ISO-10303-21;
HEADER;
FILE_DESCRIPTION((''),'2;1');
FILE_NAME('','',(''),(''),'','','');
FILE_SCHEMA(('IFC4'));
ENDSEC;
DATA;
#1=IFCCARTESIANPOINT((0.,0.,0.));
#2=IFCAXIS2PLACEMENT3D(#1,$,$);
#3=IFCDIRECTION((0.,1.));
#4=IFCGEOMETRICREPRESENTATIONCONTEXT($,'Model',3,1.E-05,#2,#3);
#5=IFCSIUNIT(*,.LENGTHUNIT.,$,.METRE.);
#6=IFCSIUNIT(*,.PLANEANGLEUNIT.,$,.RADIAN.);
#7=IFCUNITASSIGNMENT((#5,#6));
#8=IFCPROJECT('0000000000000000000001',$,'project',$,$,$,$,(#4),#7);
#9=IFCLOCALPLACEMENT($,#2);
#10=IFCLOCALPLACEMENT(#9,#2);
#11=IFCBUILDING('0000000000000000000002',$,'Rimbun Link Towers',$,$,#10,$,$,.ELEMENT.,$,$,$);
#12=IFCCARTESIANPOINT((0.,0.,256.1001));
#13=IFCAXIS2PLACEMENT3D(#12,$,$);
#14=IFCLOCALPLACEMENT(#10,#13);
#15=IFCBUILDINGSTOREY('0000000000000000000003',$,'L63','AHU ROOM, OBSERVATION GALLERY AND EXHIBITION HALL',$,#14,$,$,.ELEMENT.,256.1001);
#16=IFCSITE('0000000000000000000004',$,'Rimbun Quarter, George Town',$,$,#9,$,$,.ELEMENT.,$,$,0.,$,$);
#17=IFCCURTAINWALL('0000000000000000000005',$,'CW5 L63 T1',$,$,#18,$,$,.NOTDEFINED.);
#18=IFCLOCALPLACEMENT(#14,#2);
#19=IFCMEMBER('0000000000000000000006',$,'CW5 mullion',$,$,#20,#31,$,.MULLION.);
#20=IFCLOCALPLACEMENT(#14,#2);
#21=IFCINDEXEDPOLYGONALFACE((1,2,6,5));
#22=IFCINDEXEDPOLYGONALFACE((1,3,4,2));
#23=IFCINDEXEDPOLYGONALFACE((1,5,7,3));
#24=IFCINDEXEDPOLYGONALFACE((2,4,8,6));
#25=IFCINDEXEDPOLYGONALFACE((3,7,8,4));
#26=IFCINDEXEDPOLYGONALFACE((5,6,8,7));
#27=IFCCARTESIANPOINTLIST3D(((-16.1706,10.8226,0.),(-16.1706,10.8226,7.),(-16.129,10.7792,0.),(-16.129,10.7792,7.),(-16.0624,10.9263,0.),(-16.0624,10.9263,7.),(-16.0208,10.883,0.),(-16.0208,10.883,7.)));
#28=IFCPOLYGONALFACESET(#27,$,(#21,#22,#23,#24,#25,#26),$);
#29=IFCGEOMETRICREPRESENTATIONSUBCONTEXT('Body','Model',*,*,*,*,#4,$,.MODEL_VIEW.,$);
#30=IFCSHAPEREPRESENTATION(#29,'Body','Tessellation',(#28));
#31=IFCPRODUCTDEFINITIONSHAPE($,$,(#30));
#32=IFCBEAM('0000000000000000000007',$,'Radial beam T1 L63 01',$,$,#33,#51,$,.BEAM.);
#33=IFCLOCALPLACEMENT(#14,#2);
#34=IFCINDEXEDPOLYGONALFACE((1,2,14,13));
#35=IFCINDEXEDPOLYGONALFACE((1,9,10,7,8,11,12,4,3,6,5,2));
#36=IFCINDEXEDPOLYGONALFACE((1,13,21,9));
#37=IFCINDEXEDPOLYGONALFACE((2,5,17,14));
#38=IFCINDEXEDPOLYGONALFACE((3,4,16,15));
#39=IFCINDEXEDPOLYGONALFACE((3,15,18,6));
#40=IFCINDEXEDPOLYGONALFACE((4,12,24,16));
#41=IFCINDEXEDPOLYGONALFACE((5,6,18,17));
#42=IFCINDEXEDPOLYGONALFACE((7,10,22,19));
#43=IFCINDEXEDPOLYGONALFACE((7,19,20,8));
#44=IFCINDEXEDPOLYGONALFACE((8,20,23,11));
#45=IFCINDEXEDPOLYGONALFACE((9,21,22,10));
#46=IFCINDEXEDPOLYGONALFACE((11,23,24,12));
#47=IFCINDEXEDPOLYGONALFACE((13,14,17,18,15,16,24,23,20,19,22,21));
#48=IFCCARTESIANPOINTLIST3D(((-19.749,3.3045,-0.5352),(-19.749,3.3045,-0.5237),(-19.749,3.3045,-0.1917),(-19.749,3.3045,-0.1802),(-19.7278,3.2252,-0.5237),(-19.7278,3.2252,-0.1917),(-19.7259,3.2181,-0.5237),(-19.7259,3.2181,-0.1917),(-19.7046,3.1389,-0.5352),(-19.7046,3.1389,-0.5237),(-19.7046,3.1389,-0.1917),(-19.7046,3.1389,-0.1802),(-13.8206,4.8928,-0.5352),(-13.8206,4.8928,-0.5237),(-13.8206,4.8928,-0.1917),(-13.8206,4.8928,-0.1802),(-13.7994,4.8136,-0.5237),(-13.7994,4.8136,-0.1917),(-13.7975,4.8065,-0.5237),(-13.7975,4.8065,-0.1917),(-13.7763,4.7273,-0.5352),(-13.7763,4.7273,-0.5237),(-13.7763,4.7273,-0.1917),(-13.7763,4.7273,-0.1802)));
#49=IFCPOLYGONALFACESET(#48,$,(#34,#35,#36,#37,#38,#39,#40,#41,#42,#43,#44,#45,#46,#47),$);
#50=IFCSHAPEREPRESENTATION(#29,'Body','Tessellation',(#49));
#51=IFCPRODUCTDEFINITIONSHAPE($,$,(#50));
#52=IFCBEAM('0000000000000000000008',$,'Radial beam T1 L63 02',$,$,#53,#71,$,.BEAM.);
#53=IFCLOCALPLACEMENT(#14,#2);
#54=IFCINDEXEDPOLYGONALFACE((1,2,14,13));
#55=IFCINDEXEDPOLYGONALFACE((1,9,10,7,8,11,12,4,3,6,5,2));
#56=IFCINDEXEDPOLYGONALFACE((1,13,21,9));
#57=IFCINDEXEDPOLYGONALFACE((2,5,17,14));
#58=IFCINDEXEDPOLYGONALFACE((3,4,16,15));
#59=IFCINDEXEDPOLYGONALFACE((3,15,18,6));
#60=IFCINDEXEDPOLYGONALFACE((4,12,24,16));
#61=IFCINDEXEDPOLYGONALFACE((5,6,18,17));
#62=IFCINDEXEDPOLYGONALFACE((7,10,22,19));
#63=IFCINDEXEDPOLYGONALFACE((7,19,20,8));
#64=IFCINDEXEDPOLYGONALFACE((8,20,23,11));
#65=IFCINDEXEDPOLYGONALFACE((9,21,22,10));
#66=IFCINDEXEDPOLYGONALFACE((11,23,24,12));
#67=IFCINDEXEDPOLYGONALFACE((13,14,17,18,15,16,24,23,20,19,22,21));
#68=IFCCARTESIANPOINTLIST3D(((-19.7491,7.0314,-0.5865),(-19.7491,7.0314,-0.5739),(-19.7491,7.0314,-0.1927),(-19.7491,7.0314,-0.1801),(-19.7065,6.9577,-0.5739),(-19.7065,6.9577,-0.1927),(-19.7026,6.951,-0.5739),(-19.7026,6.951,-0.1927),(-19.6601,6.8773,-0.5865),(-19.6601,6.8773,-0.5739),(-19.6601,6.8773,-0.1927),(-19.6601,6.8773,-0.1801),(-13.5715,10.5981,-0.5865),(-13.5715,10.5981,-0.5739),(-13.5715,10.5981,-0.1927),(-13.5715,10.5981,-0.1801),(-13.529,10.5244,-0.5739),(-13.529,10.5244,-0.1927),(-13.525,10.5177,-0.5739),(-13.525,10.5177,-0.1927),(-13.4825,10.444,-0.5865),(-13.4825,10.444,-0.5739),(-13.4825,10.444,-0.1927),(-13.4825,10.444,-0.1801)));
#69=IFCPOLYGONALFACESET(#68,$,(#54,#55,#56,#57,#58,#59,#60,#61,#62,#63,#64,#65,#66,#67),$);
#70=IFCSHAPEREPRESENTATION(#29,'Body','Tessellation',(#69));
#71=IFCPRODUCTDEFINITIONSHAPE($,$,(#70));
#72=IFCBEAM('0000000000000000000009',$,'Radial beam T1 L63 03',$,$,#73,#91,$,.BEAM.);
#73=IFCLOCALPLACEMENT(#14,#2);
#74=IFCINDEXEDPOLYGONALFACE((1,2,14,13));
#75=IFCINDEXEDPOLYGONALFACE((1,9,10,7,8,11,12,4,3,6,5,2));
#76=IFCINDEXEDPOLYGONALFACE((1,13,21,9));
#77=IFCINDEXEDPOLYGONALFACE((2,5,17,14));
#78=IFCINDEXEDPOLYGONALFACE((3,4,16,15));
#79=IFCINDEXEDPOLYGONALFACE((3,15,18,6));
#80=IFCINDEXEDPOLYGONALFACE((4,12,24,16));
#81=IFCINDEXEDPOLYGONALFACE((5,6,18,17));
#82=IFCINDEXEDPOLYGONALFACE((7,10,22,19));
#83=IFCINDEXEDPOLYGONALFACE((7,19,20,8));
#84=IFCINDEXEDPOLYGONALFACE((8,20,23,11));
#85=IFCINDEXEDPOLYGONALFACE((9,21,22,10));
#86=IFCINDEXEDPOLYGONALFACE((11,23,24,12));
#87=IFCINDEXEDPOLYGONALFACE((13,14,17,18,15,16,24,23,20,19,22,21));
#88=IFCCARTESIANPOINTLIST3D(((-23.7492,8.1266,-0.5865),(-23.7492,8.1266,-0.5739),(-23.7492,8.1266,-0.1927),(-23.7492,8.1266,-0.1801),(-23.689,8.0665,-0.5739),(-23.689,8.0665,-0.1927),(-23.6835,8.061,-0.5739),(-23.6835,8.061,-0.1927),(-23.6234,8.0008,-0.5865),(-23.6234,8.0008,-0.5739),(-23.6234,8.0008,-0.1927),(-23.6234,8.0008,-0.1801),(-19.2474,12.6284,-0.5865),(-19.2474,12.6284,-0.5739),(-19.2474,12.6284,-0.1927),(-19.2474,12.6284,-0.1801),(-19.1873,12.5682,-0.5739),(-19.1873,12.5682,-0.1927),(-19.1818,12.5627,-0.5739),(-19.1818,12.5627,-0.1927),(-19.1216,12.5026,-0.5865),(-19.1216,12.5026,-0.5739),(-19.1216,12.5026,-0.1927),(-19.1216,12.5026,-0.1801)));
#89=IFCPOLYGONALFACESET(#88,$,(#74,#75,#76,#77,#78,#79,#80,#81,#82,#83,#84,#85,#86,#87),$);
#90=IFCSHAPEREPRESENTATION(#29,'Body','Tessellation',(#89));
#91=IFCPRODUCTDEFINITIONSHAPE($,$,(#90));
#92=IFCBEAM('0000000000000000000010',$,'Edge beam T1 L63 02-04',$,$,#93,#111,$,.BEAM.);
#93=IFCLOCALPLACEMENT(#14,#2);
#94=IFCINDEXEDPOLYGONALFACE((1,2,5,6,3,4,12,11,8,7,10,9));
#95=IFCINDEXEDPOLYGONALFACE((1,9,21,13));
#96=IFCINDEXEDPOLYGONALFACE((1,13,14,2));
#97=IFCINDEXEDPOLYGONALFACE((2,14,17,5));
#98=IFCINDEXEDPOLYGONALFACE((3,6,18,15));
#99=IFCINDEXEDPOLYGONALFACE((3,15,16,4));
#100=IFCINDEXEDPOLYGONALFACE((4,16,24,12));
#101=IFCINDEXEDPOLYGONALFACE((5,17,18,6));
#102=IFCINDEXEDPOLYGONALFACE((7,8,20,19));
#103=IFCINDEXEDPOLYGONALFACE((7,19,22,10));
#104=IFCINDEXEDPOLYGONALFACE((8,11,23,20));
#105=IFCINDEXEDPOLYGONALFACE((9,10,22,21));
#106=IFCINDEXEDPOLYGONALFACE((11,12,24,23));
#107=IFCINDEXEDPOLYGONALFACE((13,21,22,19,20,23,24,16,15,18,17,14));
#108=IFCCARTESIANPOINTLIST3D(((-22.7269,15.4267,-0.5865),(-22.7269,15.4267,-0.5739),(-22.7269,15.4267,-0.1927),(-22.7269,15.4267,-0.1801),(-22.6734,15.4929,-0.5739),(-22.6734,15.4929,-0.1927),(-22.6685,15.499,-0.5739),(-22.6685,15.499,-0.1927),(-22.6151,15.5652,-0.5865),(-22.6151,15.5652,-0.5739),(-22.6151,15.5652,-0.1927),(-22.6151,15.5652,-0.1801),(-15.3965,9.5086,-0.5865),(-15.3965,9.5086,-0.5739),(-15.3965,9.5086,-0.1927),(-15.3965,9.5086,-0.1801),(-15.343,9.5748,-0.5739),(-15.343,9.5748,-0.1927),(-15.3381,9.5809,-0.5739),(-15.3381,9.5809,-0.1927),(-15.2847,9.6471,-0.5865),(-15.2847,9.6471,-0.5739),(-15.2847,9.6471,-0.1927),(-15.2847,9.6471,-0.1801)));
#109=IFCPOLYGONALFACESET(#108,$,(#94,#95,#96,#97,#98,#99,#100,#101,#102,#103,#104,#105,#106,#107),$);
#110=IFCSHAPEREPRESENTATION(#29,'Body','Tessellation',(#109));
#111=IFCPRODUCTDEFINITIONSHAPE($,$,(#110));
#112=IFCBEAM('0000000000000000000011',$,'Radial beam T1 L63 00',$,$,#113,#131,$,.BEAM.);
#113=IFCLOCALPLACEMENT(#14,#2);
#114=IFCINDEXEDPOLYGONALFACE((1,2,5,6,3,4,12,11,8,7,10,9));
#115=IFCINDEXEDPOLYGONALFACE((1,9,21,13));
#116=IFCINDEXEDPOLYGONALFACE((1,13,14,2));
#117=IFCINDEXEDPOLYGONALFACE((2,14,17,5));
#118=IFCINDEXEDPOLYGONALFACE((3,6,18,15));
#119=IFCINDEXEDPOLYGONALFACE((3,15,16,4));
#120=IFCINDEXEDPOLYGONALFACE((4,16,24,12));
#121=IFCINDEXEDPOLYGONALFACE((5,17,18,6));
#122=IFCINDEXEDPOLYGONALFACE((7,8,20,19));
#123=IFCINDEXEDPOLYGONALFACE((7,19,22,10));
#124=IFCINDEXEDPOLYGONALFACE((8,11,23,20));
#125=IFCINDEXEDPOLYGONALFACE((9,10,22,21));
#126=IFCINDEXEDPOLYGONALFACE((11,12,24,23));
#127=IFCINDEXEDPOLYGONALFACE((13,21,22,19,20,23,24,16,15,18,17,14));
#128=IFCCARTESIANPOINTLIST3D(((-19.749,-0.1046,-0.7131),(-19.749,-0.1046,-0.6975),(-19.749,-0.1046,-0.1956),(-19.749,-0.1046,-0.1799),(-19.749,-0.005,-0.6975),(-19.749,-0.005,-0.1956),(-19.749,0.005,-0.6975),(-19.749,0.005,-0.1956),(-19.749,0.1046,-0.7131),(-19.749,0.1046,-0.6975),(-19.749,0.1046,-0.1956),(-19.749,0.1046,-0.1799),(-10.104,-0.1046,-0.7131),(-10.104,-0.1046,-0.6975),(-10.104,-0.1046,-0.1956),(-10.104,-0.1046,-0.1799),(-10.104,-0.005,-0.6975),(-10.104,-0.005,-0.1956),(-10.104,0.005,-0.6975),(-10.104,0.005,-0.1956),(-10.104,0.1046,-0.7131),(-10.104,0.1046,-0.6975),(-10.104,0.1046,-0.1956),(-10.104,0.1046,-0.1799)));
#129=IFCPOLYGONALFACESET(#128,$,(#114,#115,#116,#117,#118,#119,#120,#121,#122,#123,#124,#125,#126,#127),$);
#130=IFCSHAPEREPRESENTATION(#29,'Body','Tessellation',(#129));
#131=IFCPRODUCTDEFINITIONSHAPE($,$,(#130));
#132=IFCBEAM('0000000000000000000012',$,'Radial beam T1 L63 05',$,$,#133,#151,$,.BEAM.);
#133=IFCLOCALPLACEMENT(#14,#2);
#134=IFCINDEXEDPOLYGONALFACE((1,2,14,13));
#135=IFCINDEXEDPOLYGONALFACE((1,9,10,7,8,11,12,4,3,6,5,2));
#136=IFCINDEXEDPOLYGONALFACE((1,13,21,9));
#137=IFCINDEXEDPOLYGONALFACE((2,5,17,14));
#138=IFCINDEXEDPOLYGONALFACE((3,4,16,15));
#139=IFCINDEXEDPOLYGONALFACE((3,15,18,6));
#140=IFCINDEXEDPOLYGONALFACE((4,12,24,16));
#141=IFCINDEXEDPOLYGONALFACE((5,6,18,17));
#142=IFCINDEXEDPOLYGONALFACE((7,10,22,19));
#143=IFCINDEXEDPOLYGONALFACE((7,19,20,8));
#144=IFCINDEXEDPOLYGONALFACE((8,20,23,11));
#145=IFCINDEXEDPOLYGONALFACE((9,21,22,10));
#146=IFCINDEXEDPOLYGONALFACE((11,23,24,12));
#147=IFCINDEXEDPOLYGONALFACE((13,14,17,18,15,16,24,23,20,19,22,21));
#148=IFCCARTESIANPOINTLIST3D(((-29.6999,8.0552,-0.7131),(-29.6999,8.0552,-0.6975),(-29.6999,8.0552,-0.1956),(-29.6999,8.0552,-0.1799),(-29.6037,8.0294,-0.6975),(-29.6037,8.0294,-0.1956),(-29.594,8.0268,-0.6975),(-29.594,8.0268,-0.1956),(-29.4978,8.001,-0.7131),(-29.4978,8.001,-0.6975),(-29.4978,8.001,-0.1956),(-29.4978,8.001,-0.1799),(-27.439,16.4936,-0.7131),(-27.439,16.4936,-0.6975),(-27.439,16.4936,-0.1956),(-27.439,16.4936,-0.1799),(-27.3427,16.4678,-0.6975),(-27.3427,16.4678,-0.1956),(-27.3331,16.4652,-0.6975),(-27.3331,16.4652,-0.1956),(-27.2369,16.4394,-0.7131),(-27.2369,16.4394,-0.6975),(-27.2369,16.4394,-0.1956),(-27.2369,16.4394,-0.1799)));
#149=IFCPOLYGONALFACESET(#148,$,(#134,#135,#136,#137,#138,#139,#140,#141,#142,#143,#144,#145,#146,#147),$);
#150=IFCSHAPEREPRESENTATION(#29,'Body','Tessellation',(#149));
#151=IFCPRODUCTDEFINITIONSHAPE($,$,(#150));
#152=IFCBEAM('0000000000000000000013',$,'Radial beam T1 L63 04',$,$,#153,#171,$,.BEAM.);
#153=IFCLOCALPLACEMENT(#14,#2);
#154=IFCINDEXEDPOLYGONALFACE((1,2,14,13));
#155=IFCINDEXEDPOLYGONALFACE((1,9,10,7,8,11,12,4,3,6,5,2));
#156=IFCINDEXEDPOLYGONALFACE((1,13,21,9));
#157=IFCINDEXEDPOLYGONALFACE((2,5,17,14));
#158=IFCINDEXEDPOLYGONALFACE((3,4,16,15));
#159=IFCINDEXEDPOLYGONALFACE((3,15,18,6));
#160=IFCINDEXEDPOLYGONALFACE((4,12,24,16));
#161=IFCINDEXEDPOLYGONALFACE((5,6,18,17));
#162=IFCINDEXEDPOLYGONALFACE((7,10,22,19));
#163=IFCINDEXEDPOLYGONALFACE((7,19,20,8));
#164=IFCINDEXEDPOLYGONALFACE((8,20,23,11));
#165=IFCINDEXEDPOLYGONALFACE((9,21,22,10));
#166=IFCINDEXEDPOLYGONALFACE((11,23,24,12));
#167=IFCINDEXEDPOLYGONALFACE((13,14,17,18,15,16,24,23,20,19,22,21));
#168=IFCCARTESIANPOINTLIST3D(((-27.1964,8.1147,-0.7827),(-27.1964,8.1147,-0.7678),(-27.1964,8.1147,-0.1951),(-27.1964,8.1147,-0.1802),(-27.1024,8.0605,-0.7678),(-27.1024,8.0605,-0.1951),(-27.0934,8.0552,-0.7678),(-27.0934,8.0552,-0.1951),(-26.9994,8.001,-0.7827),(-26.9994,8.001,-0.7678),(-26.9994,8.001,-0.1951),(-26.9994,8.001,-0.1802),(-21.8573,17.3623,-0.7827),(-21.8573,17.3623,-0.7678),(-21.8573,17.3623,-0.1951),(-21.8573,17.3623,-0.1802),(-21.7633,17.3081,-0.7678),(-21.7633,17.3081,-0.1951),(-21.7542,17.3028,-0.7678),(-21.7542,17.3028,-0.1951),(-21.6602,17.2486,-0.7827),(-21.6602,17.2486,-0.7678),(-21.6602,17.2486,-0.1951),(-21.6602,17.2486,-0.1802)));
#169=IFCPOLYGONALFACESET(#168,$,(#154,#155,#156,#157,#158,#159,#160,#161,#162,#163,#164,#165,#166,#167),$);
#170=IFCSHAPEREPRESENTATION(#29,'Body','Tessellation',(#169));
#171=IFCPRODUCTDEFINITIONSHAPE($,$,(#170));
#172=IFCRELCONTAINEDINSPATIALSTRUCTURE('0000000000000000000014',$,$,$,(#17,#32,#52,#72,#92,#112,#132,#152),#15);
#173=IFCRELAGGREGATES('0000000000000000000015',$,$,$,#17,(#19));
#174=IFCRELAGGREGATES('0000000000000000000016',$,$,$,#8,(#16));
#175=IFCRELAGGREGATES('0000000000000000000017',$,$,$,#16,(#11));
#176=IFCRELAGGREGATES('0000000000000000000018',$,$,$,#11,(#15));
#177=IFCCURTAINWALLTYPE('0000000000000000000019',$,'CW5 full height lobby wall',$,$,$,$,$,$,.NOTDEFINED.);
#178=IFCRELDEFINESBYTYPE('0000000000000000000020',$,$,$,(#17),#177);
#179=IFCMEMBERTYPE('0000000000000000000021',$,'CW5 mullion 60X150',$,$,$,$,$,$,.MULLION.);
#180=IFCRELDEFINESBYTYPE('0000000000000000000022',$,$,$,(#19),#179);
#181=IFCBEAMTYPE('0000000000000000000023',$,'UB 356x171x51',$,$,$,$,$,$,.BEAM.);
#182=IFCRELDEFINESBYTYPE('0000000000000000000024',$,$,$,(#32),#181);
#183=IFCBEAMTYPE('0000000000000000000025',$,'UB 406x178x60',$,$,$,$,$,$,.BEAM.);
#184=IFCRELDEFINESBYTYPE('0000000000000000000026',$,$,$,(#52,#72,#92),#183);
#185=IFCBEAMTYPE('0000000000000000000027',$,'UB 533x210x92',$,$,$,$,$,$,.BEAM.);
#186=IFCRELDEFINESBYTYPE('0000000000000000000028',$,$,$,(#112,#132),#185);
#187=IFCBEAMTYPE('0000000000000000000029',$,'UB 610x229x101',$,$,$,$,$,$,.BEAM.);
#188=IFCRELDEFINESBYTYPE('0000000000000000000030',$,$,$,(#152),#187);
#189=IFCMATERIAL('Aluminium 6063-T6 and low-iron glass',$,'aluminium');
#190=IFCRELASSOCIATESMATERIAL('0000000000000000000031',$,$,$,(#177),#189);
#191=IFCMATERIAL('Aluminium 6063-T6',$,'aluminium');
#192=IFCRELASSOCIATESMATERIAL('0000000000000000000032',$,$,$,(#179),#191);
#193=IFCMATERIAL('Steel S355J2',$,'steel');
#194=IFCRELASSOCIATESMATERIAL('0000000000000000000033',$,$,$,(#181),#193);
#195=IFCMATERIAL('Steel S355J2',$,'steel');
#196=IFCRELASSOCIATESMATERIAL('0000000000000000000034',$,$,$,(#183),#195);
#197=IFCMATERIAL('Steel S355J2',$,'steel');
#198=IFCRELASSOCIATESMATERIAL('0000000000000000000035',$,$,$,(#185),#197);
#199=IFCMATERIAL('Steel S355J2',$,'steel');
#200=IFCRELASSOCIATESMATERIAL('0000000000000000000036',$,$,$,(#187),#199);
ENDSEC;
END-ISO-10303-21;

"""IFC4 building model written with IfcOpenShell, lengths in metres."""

from ifc_helpers import new_model, si_unit, direction, frame, origin, origin_2d, place, context, subcontext, project, spatial, rectangle, i_section, extrude, material, material_profile, profile_set, type_object, element, aggregate, save


model = new_model("IFC4")

# Units and contexts
model_context = context("Model", 3, precision=1e-05, world=origin(), true_north=direction((0.0, 1.0)))
body_context = subcontext(model_context, "Body", "Model", "MODEL_VIEW")
ifc_project = project(units=[si_unit("LENGTHUNIT", "METRE"), si_unit("PLANEANGLEUNIT", "RADIAN")], contexts=[model_context])

# Site, building, storey
site_placement = place(None, origin())
site = spatial("IfcSite", under=ifc_project, at=site_placement, Name="Rimbun Quarter, George Town", CompositionType="ELEMENT", RefElevation=0.0)
building_placement = place(site_placement, origin())
building = spatial("IfcBuilding", under=site, at=building_placement, Name="Rimbun Link Towers", CompositionType="ELEMENT")
storey_placement = place(building_placement, frame((0.0, 0.0, 256.1001)))
storey = spatial("IfcBuildingStorey", under=building, at=storey_placement, Name="L63", Description="AHU ROOM, OBSERVATION GALLERY AND EXHIBITION HALL", CompositionType="ELEMENT", Elevation=256.1001)

# Curtain wall, member
ifc_material_1 = material(Name="Aluminium 6063-T6 and low-iron glass", Category="aluminium")
curtain_wall_type = type_object("IfcCurtainWallType", Name="CW5 full height lobby wall", PredefinedType="NOTDEFINED", material=ifc_material_1)
curtain_wall_placement = place(storey_placement, origin())
curtain_wall = element("IfcCurtainWall", 1, at=curtain_wall_placement, inside=storey, type_object=curtain_wall_type, Name="CW5 L63 T1", PredefinedType="NOTDEFINED")
ifc_material_2 = material(Name="Aluminium 6063-T6", Category="aluminium")
ifc_material_profile_1 = material_profile(ifc_material_2, rectangle(XDim=0.1499, YDim=0.0601, at=origin_2d()), Name="MULLION 60X150")
ifc_profile_set_1 = profile_set([ifc_material_profile_1], Name="Aluminium 6063-T6")
member_type = type_object("IfcMemberType", Name="CW5 mullion 60X150", PredefinedType="MULLION", material=ifc_profile_set_1)
member_placement = place(storey_placement, frame((-16.0957, 10.8528, 0.0), z_axis=(0.0, 0.0, 1.0), x_axis=(0.721847, 0.692053, 0.0)))
member = element("IfcMember", 2, at=member_placement, type_object=member_type, Name="CW5 mullion", PredefinedType="MULLION", context=body_context, shape_type="SweptSolid", body=[
    extrude(rectangle(XDim=0.1499, YDim=0.0601, at=origin_2d()), origin(), (0.0, 0.0, 1.0), 7.0),
])

# Beams
ifc_material_3 = material(Name="Steel S355J2", Category="steel")
ifc_material_profile_2 = material_profile(ifc_material_3, i_section(OverallWidth=0.1714, OverallDepth=0.355, WebThickness=0.0073, FlangeThickness=0.0115, at=origin_2d()), Name="UB 356x171x51")
ifc_profile_set_2 = profile_set([ifc_material_profile_2], Name="Steel S355J2")
beam_type_1 = type_object("IfcBeamType", Name="UB 356x171x51", PredefinedType="BEAM", material=ifc_profile_set_2)
beam_1_placement = place(storey_placement, frame((-19.7268, 3.2217, -0.3577), z_axis=(0.965932, 0.258796, 0.0), x_axis=(-0.258796, 0.965932, 0.0)))
element("IfcBeam", 3, at=beam_1_placement, inside=storey, type_object=beam_type_1, Name="Radial beam T1 L63 01", PredefinedType="BEAM", context=body_context, shape_type="SweptSolid", body=[
    extrude(i_section(OverallWidth=0.1714, OverallDepth=0.355, WebThickness=0.0073, FlangeThickness=0.0115, at=origin_2d()), origin(), (0.0, 0.0, 1.0), 6.1375),
])
ifc_material_4 = material(Name="Steel S355J2", Category="steel")
ifc_material_profile_3 = material_profile(ifc_material_4, i_section(OverallWidth=0.178, OverallDepth=0.4065, WebThickness=0.0078, FlangeThickness=0.0127, at=origin_2d()), Name="UB 406x178x60")
ifc_profile_set_3 = profile_set([ifc_material_profile_3], Name="Steel S355J2")
beam_type_2 = type_object("IfcBeamType", Name="UB 406x178x60", PredefinedType="BEAM", material=ifc_profile_set_3)
beam_2_placement = place(storey_placement, frame((-19.7046, 6.9543, -0.3833), z_axis=(0.866021, 0.500008, 0.0), x_axis=(-0.500008, 0.866021, 0.0)))
element("IfcBeam", 4, at=beam_2_placement, inside=storey, type_object=beam_type_2, Name="Radial beam T1 L63 02", PredefinedType="BEAM", context=body_context, shape_type="SweptSolid", body=[
    extrude(i_section(OverallWidth=0.178, OverallDepth=0.4065, WebThickness=0.0078, FlangeThickness=0.0127, at=origin_2d()), origin(), (0.0, 0.0, 1.0), 7.1333),
])
beam_3_placement = place(storey_placement, frame((-23.6863, 8.0637, -0.3833), z_axis=(0.707107, 0.707107, 0.0), x_axis=(-0.707107, 0.707107, 0.0)))
element("IfcBeam", 5, at=beam_3_placement, inside=storey, type_object=beam_type_2, Name="Radial beam T1 L63 03", PredefinedType="BEAM", context=body_context, shape_type="SweptSolid", body=[
    extrude(i_section(OverallWidth=0.178, OverallDepth=0.4065, WebThickness=0.0078, FlangeThickness=0.0127, at=origin_2d()), origin(), (0.0, 0.0, 1.0), 6.3665),
])
beam_4_placement = place(storey_placement, frame((-15.3406, 9.5779, -0.3833), z_axis=(-0.77808, 0.628165, 0.0), x_axis=(-0.628165, -0.77808, 0.0)))
element("IfcBeam", 6, at=beam_4_placement, inside=storey, type_object=beam_type_2, Name="Edge beam T1 L63 02-04", PredefinedType="BEAM", context=body_context, shape_type="SweptSolid", body=[
    extrude(i_section(OverallWidth=0.178, OverallDepth=0.4065, WebThickness=0.0078, FlangeThickness=0.0127, at=origin_2d()), origin(), (0.0, 0.0, 1.0), 9.4211),
])
ifc_material_5 = material(Name="Steel S355J2", Category="steel")
ifc_material_profile_4 = material_profile(ifc_material_5, i_section(OverallWidth=0.2092, OverallDepth=0.5332, WebThickness=0.01, FlangeThickness=0.0156, at=origin_2d()), Name="UB 533x210x92")
ifc_profile_set_4 = profile_set([ifc_material_profile_4], Name="Steel S355J2")
beam_type_3 = type_object("IfcBeamType", Name="UB 533x210x92", PredefinedType="BEAM", material=ifc_profile_set_4)
beam_5_placement = place(storey_placement, frame((-19.749, 0.0, -0.4465), z_axis=(1.0, 0.0, 0.0), x_axis=(0.0, 1.0, 0.0)))
element("IfcBeam", 7, at=beam_5_placement, inside=storey, type_object=beam_type_3, Name="Radial beam T1 L63 00", PredefinedType="BEAM", context=body_context, shape_type="SweptSolid", body=[
    extrude(i_section(OverallWidth=0.2092, OverallDepth=0.5332, WebThickness=0.01, FlangeThickness=0.0156, at=origin_2d()), origin(), (0.0, 0.0, 1.0), 9.645),
])
beam_6_placement = place(storey_placement, frame((-29.5989, 8.0281, -0.4465), z_axis=(0.258809, 0.965929, 0.0), x_axis=(-0.965929, 0.258809, 0.0)))
element("IfcBeam", 8, at=beam_6_placement, inside=storey, type_object=beam_type_3, Name="Radial beam T1 L63 05", PredefinedType="BEAM", context=body_context, shape_type="SweptSolid", body=[
    extrude(i_section(OverallWidth=0.2092, OverallDepth=0.5332, WebThickness=0.01, FlangeThickness=0.0156, at=origin_2d()), origin(), (0.0, 0.0, 1.0), 8.7361),
])
ifc_material_6 = material(Name="Steel S355J2", Category="steel")
ifc_material_profile_5 = material_profile(ifc_material_6, i_section(OverallWidth=0.2275, OverallDepth=0.6025, WebThickness=0.0105, FlangeThickness=0.0149, at=origin_2d()), Name="UB 610x229x101")
ifc_profile_set_5 = profile_set([ifc_material_profile_5], Name="Steel S355J2")
beam_type_4 = type_object("IfcBeamType", Name="UB 610x229x101", PredefinedType="BEAM", material=ifc_profile_set_5)
beam_7_placement = place(storey_placement, frame((-27.0979, 8.0579, -0.4814), z_axis=(0.500002, 0.866024, 0.0), x_axis=(-0.866024, 0.500002, 0.0)))
element("IfcBeam", 9, at=beam_7_placement, inside=storey, type_object=beam_type_4, Name="Radial beam T1 L63 04", PredefinedType="BEAM", context=body_context, shape_type="SweptSolid", body=[
    extrude(i_section(OverallWidth=0.2275, OverallDepth=0.6025, WebThickness=0.0105, FlangeThickness=0.0149, at=origin_2d()), origin(), (0.0, 0.0, 1.0), 10.6782),
])

aggregate(curtain_wall, [member])

save(model, "model.ifc")
